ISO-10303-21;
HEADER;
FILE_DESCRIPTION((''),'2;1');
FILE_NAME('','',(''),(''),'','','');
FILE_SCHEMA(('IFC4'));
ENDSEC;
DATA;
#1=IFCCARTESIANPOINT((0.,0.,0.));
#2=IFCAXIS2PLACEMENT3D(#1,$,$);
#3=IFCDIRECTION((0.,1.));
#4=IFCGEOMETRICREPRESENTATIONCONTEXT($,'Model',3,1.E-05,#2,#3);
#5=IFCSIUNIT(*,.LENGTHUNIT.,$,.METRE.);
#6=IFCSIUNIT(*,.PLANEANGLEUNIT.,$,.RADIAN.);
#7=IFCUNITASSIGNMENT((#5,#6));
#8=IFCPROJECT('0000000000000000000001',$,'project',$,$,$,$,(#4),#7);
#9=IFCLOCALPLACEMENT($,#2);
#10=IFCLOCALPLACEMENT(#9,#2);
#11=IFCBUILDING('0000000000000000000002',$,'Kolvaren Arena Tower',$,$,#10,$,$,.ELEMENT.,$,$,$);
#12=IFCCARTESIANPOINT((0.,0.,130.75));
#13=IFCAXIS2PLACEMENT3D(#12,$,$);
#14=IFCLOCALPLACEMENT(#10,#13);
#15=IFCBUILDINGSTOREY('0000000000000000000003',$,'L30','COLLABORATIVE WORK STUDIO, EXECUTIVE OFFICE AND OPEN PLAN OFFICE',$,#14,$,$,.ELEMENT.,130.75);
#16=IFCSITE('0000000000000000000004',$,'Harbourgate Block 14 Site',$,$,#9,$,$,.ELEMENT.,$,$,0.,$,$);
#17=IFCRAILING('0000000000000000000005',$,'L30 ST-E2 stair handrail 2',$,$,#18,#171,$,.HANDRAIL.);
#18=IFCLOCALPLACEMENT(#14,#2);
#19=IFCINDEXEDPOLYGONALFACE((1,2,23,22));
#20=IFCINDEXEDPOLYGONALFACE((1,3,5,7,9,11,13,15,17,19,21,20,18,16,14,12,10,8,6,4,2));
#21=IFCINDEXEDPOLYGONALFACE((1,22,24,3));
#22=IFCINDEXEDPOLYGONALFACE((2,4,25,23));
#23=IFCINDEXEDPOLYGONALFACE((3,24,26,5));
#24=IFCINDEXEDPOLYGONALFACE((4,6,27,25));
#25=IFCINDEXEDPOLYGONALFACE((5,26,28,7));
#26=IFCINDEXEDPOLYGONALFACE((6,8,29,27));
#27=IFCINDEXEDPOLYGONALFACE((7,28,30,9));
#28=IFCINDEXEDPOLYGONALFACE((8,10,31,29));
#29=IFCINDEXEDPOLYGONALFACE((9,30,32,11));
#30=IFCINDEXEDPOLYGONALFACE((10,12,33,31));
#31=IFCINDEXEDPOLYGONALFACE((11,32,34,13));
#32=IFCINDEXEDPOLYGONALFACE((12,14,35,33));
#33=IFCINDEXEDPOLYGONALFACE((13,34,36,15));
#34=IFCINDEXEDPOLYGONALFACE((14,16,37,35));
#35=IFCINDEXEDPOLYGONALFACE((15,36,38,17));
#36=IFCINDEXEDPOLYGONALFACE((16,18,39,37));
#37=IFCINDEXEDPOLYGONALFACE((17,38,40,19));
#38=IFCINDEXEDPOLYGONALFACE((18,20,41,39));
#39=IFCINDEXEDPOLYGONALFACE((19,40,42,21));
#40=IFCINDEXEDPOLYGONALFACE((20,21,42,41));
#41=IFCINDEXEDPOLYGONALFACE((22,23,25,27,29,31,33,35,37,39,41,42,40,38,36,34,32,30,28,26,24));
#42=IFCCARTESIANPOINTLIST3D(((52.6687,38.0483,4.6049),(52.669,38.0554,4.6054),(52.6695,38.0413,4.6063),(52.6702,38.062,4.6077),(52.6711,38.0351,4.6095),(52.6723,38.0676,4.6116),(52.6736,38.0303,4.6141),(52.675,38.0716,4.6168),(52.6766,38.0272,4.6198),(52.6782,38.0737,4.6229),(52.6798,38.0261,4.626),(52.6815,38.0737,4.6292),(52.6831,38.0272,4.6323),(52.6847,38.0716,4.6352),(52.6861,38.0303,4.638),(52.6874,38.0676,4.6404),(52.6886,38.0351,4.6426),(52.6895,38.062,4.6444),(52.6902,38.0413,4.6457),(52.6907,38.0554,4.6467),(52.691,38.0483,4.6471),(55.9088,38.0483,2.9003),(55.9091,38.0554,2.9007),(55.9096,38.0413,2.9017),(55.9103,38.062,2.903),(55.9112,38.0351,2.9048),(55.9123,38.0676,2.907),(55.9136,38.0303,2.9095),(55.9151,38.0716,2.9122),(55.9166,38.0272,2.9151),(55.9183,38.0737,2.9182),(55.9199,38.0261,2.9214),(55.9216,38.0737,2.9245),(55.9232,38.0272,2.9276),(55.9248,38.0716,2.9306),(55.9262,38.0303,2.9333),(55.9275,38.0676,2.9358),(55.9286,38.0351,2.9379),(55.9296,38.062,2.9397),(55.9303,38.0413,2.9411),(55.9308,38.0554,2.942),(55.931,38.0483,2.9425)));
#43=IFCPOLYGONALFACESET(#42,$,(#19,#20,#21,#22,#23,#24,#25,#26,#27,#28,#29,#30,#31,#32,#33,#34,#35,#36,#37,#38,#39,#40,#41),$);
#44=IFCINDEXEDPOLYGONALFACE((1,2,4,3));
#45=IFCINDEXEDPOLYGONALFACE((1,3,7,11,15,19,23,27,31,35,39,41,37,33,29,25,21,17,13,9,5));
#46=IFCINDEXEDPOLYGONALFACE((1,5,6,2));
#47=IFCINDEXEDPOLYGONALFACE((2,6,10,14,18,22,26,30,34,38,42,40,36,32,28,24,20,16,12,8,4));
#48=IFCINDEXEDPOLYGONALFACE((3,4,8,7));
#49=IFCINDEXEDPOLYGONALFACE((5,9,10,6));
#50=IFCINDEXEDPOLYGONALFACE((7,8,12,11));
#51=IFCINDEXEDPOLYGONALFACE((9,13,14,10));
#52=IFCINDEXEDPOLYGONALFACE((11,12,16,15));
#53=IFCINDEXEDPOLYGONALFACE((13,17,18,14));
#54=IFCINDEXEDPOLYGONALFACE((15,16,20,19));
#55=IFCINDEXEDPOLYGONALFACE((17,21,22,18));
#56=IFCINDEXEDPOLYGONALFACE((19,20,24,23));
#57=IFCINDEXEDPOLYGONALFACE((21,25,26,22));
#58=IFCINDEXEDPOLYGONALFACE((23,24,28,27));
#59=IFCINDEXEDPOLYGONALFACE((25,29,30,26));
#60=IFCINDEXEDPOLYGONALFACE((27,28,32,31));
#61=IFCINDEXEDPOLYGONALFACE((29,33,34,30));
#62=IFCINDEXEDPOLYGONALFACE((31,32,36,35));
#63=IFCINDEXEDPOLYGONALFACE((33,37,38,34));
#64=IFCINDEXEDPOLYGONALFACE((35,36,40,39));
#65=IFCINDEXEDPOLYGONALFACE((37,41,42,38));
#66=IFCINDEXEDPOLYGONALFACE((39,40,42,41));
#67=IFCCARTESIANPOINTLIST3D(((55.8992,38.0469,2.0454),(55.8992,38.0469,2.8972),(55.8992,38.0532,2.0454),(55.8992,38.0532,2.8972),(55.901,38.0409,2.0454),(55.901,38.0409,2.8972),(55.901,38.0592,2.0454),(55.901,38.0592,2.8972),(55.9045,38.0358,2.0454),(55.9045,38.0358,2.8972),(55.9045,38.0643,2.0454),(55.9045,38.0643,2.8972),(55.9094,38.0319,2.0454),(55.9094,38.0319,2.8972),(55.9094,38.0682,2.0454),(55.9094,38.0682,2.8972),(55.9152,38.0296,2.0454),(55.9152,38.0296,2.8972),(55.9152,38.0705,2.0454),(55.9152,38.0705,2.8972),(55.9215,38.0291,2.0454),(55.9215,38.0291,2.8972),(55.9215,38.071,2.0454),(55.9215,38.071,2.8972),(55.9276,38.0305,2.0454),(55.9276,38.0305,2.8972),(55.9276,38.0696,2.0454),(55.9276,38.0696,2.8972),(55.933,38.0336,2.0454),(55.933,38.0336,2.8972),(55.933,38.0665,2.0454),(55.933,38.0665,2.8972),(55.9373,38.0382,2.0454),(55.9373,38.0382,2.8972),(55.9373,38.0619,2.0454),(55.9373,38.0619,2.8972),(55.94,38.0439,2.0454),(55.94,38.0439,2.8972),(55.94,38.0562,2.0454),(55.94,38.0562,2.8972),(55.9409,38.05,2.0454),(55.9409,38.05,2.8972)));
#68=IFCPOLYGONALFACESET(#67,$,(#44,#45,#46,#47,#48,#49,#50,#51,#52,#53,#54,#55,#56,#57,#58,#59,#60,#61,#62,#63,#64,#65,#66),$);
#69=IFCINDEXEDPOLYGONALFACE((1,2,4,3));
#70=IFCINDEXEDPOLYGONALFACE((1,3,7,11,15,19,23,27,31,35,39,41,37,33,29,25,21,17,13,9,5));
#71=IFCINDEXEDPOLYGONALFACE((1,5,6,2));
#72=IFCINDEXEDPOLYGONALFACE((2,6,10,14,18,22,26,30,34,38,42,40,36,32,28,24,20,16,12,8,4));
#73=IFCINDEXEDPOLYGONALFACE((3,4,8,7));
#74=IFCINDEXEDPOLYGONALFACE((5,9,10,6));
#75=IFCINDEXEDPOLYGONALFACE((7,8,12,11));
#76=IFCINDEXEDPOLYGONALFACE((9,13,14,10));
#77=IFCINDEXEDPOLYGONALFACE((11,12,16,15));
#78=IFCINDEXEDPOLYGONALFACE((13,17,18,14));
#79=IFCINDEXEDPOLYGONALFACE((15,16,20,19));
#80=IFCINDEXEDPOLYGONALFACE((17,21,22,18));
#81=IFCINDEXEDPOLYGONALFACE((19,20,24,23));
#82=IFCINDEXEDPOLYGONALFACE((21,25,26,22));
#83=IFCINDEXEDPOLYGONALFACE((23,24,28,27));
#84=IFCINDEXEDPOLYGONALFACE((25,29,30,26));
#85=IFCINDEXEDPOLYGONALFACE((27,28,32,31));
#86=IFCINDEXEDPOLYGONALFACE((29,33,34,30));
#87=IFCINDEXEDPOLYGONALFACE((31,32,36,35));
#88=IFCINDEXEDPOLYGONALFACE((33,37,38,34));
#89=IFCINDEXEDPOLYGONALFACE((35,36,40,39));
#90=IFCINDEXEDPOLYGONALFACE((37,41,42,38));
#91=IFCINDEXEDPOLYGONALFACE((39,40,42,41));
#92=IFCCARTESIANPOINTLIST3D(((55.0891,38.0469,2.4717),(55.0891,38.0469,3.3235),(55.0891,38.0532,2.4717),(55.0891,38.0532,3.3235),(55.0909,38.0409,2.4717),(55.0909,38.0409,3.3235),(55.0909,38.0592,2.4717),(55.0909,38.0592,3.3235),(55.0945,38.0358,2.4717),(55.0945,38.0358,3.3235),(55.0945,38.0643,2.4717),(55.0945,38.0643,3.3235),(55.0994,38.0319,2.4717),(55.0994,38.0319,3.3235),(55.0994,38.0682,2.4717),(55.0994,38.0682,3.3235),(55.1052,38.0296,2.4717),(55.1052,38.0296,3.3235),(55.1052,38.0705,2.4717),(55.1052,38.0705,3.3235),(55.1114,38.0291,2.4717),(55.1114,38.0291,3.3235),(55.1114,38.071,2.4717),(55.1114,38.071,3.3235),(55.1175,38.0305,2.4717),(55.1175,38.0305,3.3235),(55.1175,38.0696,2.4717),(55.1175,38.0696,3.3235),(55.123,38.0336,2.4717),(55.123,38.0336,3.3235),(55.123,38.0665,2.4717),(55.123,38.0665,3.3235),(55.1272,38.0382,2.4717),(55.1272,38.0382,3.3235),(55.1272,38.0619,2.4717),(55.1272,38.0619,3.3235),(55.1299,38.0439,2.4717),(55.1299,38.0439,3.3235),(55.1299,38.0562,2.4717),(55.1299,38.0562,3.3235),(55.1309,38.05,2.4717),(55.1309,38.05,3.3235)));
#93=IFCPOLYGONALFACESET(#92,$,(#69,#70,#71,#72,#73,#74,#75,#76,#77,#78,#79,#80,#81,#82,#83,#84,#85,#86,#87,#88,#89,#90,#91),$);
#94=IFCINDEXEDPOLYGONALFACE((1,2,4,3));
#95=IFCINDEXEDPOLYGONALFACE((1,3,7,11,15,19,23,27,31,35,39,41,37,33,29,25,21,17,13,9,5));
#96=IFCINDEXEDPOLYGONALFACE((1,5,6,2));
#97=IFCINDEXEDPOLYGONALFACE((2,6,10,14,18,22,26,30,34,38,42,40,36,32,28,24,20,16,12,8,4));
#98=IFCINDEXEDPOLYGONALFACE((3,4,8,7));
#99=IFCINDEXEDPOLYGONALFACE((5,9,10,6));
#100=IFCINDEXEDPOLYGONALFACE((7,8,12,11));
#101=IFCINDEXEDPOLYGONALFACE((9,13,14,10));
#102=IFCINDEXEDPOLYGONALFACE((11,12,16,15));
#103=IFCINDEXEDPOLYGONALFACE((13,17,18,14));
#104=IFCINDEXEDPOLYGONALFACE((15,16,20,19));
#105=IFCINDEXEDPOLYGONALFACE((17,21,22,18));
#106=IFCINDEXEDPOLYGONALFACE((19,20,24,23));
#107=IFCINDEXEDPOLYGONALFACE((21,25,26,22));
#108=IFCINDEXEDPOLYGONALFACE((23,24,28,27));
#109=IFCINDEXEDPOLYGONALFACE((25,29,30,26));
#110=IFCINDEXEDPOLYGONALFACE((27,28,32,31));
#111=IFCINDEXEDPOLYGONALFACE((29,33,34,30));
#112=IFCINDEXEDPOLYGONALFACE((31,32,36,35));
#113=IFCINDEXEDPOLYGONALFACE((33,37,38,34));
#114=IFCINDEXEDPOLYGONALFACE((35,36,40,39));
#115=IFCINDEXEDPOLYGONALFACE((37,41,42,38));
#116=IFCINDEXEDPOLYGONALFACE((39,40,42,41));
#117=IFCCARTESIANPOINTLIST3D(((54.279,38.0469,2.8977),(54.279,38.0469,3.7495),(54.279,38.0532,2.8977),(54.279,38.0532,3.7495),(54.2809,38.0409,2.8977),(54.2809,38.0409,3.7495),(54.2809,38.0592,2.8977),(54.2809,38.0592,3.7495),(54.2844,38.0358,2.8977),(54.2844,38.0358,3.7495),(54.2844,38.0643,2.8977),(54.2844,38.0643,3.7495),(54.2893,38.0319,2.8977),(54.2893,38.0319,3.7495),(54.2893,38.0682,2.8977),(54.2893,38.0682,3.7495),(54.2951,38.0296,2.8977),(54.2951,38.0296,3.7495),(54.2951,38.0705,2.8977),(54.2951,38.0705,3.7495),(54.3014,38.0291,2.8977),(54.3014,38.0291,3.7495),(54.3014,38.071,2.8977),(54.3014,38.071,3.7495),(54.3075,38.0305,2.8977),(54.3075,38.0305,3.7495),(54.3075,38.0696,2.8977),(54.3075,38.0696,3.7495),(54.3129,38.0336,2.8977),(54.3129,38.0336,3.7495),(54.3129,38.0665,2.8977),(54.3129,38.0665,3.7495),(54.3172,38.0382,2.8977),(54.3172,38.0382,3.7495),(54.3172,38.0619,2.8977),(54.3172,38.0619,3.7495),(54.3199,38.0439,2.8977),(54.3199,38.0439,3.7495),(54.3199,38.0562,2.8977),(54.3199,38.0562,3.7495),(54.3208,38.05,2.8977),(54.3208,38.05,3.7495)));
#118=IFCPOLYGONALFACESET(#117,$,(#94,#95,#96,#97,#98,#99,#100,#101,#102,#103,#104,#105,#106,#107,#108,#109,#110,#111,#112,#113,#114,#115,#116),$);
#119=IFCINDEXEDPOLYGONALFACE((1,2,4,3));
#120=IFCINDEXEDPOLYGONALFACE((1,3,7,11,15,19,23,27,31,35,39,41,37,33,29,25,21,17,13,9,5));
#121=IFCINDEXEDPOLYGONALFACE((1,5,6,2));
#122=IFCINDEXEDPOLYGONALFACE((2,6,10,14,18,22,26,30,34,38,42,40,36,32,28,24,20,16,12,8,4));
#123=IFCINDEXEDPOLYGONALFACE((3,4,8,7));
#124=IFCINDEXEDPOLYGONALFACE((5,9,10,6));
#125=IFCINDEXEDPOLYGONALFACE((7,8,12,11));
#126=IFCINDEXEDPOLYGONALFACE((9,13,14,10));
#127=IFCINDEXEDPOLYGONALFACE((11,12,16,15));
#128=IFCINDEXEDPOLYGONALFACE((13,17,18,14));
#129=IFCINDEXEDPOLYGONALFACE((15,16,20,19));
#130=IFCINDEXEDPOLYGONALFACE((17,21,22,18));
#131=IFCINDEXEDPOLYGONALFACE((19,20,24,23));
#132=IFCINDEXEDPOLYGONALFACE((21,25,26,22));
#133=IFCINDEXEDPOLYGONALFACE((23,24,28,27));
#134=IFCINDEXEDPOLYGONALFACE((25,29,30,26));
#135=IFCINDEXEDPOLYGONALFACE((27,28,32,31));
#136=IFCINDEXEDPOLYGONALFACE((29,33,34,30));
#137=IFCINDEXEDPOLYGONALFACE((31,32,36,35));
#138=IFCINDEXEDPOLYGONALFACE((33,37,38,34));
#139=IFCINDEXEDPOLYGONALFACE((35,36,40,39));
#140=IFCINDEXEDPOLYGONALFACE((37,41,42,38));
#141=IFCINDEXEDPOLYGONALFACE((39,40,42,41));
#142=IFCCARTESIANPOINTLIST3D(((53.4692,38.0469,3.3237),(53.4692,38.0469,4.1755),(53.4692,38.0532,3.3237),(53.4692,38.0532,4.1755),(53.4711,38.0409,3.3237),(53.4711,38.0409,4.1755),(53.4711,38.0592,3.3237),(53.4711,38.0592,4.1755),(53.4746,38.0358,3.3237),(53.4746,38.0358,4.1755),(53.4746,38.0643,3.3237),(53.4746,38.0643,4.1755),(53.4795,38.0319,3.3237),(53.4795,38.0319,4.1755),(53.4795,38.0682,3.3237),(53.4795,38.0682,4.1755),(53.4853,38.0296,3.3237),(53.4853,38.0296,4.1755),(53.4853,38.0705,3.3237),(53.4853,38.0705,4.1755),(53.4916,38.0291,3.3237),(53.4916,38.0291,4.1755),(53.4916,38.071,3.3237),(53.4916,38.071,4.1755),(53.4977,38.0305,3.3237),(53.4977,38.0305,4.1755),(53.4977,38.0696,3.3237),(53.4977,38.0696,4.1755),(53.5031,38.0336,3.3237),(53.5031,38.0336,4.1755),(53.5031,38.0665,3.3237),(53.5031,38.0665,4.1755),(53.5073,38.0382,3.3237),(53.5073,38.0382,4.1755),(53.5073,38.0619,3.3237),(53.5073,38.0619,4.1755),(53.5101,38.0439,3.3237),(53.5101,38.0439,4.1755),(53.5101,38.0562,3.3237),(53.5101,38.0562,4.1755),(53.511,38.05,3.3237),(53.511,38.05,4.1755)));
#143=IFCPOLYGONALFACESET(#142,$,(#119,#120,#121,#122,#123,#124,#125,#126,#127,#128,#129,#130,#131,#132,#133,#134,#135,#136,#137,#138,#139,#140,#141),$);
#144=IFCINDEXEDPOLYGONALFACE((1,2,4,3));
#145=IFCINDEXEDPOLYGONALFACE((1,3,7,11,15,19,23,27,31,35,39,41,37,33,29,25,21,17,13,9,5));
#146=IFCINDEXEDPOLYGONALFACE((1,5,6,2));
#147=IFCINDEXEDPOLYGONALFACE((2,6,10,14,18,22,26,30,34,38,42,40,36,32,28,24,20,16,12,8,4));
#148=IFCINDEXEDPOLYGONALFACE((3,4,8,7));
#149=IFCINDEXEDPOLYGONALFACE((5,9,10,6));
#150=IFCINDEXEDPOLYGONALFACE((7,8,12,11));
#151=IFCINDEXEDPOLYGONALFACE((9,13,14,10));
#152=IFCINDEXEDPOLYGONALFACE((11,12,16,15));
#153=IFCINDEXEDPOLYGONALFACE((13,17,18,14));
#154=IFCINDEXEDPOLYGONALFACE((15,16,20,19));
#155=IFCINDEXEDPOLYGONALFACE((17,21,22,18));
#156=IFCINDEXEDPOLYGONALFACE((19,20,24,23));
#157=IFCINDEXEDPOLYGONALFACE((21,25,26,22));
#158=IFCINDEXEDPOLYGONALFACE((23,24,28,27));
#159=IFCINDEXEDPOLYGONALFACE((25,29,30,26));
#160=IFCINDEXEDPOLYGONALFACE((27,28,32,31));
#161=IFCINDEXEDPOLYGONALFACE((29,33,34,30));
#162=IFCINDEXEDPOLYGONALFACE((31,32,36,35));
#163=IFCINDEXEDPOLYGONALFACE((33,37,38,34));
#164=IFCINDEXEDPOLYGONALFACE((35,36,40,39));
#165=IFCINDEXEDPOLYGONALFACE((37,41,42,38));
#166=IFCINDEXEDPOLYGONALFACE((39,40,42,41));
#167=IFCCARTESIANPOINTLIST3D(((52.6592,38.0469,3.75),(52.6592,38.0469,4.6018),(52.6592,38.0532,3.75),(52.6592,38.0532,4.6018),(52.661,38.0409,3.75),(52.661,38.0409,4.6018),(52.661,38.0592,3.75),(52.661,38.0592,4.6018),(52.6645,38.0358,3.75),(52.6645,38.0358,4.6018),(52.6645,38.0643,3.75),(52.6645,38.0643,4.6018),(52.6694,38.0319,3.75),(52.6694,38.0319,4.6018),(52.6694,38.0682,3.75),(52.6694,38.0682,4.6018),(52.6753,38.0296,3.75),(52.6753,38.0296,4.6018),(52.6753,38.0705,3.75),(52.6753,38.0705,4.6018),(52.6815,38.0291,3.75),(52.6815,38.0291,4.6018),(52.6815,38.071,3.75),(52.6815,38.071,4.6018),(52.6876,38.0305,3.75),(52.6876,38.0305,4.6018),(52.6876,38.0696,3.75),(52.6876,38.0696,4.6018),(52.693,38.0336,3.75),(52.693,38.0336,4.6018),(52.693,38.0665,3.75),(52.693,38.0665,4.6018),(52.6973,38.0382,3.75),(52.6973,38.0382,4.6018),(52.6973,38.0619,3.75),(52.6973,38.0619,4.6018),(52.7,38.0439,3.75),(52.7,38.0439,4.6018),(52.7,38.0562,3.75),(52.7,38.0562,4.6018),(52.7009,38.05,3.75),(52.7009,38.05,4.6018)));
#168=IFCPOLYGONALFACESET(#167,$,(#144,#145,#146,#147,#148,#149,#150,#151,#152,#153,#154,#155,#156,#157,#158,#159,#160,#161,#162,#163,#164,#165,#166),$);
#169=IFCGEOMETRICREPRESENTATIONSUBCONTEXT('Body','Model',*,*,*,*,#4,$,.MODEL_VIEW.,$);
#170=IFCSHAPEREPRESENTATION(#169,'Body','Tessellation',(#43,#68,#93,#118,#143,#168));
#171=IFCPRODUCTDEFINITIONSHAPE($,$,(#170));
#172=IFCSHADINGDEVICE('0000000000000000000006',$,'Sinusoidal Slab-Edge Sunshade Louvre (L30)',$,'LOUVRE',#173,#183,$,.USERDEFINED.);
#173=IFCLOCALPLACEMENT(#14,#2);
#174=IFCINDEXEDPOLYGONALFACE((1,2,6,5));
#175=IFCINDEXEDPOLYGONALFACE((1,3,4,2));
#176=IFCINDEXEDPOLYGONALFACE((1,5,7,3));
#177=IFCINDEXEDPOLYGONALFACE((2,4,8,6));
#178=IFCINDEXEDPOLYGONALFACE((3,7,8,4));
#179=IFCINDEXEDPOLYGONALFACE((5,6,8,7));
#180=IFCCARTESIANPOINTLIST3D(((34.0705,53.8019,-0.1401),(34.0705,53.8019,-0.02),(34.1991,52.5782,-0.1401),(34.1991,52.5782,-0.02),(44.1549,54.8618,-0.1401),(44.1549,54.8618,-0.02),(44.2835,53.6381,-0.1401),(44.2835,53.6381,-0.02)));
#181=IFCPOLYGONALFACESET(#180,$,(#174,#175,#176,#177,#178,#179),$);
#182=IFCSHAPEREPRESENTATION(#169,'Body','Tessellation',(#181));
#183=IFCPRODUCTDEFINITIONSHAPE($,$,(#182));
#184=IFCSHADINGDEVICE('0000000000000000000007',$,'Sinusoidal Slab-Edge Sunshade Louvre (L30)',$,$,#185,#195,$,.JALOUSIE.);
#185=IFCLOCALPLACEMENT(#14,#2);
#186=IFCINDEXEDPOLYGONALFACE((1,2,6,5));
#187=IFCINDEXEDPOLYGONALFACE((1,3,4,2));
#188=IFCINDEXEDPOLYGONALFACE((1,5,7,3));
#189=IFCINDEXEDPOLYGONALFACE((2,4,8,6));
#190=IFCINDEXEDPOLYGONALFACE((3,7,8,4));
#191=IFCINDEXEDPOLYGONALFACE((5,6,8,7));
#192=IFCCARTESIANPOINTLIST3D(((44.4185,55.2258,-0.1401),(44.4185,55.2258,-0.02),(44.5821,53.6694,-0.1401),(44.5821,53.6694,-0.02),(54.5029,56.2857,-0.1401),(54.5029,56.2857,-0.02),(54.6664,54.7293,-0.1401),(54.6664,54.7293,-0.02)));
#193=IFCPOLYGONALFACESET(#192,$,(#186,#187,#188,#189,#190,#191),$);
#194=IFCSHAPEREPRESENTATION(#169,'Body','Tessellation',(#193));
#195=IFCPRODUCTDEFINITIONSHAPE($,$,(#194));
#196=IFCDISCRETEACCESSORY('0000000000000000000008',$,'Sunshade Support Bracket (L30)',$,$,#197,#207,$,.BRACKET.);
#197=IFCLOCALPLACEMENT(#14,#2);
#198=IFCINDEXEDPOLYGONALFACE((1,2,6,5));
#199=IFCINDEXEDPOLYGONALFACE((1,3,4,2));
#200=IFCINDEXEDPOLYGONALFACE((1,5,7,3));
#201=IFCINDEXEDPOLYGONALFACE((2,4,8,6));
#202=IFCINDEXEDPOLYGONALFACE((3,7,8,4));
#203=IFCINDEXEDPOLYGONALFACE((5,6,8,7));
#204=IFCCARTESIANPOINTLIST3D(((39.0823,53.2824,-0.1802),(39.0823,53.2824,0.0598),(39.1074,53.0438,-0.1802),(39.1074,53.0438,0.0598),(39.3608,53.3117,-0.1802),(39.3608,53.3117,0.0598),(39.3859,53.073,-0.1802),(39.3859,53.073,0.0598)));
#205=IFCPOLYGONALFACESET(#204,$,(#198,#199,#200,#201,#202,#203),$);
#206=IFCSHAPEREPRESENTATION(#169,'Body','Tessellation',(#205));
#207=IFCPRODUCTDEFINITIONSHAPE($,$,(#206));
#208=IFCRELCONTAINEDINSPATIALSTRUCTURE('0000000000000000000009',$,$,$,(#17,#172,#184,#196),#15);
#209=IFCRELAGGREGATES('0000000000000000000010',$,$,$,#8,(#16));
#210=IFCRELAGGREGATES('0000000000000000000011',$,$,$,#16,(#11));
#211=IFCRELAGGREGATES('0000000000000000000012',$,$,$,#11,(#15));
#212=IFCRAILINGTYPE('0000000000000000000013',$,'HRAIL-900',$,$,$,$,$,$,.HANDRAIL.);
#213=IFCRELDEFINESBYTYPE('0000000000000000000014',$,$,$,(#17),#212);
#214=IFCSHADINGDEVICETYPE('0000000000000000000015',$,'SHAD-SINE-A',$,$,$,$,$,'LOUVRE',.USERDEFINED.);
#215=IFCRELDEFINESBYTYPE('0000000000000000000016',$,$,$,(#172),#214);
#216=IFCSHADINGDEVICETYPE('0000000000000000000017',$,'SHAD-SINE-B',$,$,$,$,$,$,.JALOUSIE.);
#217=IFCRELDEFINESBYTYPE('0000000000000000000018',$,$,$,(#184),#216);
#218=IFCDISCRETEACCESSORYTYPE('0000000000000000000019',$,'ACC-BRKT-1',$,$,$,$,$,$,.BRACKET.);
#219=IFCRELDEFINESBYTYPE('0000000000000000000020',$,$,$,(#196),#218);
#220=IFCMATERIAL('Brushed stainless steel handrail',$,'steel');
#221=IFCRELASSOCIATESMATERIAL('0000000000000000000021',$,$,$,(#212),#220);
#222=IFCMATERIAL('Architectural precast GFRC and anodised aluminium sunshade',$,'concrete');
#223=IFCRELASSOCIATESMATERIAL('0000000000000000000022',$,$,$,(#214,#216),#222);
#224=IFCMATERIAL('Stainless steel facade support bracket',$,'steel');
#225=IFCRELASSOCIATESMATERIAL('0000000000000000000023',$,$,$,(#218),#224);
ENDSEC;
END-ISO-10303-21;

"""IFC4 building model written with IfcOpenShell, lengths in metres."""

from ifc_helpers import new_model, si_unit, direction, frame, origin, origin_2d, place, context, subcontext, project, spatial, rectangle, circle, extrude, material, type_object, element, save


model = new_model("IFC4")

# Units and contexts
model_context = context("Model", 3, precision=1e-05, world=origin(), true_north=direction((0.0, 1.0)))
body_context = subcontext(model_context, "Body", "Model", "MODEL_VIEW")
ifc_project = project(units=[si_unit("LENGTHUNIT", "METRE"), si_unit("PLANEANGLEUNIT", "RADIAN")], contexts=[model_context])

# Site, building, storey
site_placement = place(None, origin())
site = spatial("IfcSite", under=ifc_project, at=site_placement, Name="Harbourgate Block 14 Site", CompositionType="ELEMENT", RefElevation=0.0)
building_placement = place(site_placement, origin())
building = spatial("IfcBuilding", under=site, at=building_placement, Name="Kolvaren Arena Tower", CompositionType="ELEMENT")
storey_placement = place(building_placement, frame((0.0, 0.0, 130.75)))
storey = spatial("IfcBuildingStorey", under=building, at=storey_placement, Name="L30", Description="COLLABORATIVE WORK STUDIO, EXECUTIVE OFFICE AND OPEN PLAN OFFICE", CompositionType="ELEMENT", Elevation=130.75)

# Railing
ifc_material_1 = material(Name="Brushed stainless steel handrail", Category="steel")
railing_type = type_object("IfcRailingType", Name="HRAIL-900", PredefinedType="HANDRAIL", material=ifc_material_1)
railing_placement = place(storey_placement, frame((55.9199, 38.05, 2.0454)))
element("IfcRailing", 1, at=railing_placement, inside=storey, type_object=railing_type, Name="L30 ST-E2 stair handrail 2", PredefinedType="HANDRAIL", context=body_context, shape_type="SweptSolid", body=[
    extrude(circle(Radius=0.0239, at=origin_2d()), frame((0.0, 0.0, 0.876), z_axis=(-0.884993, 0.0, 0.465604), x_axis=(0.0, -1.0, 0.0)), (0.0, 0.0, 1.0), 3.6611),
    extrude(circle(Radius=0.021, at=origin_2d()), origin(), (0.0, 0.0, 1.0), 0.8518),
    extrude(circle(Radius=0.021, at=origin_2d()), frame((-0.8101, 0.0, 0.4263)), (0.0, 0.0, 1.0), 0.8518),
    extrude(circle(Radius=0.021, at=origin_2d()), frame((-1.6201, 0.0, 0.8523)), (0.0, 0.0, 1.0), 0.8518),
    extrude(circle(Radius=0.021, at=origin_2d()), frame((-2.4299, 0.0, 1.2783)), (0.0, 0.0, 1.0), 0.8518),
    extrude(circle(Radius=0.021, at=origin_2d()), frame((-3.24, 0.0, 1.7046)), (0.0, 0.0, 1.0), 0.8518),
])

# Shading devices
ifc_material_2 = material(Name="Architectural precast GFRC and anodised aluminium sunshade", Category="concrete")
shading_device_type_1 = type_object("IfcShadingDeviceType", Name="SHAD-SINE-A", ElementType="LOUVRE", PredefinedType="USERDEFINED", material=ifc_material_2)
shading_device_1_placement = place(storey_placement, frame((39.177, 53.72, -0.1401), z_axis=(0.0, 0.0, 1.0), x_axis=(0.994522, 0.104527, 0.0)))
element("IfcShadingDevice", 2, at=shading_device_1_placement, inside=storey, type_object=shading_device_type_1, Name="Sinusoidal Slab-Edge Sunshade Louvre (L30)", ObjectType="LOUVRE", PredefinedType="USERDEFINED", context=body_context, shape_type="SweptSolid", body=[
    extrude(rectangle(XDim=10.1399, YDim=1.2305, at=origin_2d()), origin(), (0.0, 0.0, 1.0), 0.1201),
])
shading_device_type_2 = type_object("IfcShadingDeviceType", Name="SHAD-SINE-B", PredefinedType="JALOUSIE", material=ifc_material_2)
shading_device_2_placement = place(storey_placement, frame((49.5425, 54.9775, -0.1401), z_axis=(0.0, 0.0, 1.0), x_axis=(0.994522, 0.104527, 0.0)))
element("IfcShadingDevice", 3, at=shading_device_2_placement, inside=storey, type_object=shading_device_type_2, Name="Sinusoidal Slab-Edge Sunshade Louvre (L30)", PredefinedType="JALOUSIE", context=body_context, shape_type="SweptSolid", body=[
    extrude(rectangle(XDim=10.1399, YDim=1.5649, at=origin_2d()), origin(), (0.0, 0.0, 1.0), 0.1201),
])

# Discrete accessory
ifc_material_3 = material(Name="Stainless steel facade support bracket", Category="steel")
discrete_accessory_type = type_object("IfcDiscreteAccessoryType", Name="ACC-BRKT-1", PredefinedType="BRACKET", material=ifc_material_3)
for number, where, z_axis, x_axis, name in (
    (4, (39.2341, 53.1777, -0.1802), (0.0, 0.0, 1.0), (0.994522, 0.104527, 0.0), "Sunshade Support Bracket (L30)"),
):
    element("IfcDiscreteAccessory", number, at=place(storey_placement, frame(where, z_axis=z_axis, x_axis=x_axis)), inside=storey, type_object=discrete_accessory_type, Name=name, PredefinedType="BRACKET", context=body_context, shape_type="SweptSolid", body=[
        extrude(rectangle(XDim=0.28, YDim=0.24, at=origin_2d()), origin(), (0.0, 0.0, 1.0), 0.24),
    ])

save(model, "model.ifc")
